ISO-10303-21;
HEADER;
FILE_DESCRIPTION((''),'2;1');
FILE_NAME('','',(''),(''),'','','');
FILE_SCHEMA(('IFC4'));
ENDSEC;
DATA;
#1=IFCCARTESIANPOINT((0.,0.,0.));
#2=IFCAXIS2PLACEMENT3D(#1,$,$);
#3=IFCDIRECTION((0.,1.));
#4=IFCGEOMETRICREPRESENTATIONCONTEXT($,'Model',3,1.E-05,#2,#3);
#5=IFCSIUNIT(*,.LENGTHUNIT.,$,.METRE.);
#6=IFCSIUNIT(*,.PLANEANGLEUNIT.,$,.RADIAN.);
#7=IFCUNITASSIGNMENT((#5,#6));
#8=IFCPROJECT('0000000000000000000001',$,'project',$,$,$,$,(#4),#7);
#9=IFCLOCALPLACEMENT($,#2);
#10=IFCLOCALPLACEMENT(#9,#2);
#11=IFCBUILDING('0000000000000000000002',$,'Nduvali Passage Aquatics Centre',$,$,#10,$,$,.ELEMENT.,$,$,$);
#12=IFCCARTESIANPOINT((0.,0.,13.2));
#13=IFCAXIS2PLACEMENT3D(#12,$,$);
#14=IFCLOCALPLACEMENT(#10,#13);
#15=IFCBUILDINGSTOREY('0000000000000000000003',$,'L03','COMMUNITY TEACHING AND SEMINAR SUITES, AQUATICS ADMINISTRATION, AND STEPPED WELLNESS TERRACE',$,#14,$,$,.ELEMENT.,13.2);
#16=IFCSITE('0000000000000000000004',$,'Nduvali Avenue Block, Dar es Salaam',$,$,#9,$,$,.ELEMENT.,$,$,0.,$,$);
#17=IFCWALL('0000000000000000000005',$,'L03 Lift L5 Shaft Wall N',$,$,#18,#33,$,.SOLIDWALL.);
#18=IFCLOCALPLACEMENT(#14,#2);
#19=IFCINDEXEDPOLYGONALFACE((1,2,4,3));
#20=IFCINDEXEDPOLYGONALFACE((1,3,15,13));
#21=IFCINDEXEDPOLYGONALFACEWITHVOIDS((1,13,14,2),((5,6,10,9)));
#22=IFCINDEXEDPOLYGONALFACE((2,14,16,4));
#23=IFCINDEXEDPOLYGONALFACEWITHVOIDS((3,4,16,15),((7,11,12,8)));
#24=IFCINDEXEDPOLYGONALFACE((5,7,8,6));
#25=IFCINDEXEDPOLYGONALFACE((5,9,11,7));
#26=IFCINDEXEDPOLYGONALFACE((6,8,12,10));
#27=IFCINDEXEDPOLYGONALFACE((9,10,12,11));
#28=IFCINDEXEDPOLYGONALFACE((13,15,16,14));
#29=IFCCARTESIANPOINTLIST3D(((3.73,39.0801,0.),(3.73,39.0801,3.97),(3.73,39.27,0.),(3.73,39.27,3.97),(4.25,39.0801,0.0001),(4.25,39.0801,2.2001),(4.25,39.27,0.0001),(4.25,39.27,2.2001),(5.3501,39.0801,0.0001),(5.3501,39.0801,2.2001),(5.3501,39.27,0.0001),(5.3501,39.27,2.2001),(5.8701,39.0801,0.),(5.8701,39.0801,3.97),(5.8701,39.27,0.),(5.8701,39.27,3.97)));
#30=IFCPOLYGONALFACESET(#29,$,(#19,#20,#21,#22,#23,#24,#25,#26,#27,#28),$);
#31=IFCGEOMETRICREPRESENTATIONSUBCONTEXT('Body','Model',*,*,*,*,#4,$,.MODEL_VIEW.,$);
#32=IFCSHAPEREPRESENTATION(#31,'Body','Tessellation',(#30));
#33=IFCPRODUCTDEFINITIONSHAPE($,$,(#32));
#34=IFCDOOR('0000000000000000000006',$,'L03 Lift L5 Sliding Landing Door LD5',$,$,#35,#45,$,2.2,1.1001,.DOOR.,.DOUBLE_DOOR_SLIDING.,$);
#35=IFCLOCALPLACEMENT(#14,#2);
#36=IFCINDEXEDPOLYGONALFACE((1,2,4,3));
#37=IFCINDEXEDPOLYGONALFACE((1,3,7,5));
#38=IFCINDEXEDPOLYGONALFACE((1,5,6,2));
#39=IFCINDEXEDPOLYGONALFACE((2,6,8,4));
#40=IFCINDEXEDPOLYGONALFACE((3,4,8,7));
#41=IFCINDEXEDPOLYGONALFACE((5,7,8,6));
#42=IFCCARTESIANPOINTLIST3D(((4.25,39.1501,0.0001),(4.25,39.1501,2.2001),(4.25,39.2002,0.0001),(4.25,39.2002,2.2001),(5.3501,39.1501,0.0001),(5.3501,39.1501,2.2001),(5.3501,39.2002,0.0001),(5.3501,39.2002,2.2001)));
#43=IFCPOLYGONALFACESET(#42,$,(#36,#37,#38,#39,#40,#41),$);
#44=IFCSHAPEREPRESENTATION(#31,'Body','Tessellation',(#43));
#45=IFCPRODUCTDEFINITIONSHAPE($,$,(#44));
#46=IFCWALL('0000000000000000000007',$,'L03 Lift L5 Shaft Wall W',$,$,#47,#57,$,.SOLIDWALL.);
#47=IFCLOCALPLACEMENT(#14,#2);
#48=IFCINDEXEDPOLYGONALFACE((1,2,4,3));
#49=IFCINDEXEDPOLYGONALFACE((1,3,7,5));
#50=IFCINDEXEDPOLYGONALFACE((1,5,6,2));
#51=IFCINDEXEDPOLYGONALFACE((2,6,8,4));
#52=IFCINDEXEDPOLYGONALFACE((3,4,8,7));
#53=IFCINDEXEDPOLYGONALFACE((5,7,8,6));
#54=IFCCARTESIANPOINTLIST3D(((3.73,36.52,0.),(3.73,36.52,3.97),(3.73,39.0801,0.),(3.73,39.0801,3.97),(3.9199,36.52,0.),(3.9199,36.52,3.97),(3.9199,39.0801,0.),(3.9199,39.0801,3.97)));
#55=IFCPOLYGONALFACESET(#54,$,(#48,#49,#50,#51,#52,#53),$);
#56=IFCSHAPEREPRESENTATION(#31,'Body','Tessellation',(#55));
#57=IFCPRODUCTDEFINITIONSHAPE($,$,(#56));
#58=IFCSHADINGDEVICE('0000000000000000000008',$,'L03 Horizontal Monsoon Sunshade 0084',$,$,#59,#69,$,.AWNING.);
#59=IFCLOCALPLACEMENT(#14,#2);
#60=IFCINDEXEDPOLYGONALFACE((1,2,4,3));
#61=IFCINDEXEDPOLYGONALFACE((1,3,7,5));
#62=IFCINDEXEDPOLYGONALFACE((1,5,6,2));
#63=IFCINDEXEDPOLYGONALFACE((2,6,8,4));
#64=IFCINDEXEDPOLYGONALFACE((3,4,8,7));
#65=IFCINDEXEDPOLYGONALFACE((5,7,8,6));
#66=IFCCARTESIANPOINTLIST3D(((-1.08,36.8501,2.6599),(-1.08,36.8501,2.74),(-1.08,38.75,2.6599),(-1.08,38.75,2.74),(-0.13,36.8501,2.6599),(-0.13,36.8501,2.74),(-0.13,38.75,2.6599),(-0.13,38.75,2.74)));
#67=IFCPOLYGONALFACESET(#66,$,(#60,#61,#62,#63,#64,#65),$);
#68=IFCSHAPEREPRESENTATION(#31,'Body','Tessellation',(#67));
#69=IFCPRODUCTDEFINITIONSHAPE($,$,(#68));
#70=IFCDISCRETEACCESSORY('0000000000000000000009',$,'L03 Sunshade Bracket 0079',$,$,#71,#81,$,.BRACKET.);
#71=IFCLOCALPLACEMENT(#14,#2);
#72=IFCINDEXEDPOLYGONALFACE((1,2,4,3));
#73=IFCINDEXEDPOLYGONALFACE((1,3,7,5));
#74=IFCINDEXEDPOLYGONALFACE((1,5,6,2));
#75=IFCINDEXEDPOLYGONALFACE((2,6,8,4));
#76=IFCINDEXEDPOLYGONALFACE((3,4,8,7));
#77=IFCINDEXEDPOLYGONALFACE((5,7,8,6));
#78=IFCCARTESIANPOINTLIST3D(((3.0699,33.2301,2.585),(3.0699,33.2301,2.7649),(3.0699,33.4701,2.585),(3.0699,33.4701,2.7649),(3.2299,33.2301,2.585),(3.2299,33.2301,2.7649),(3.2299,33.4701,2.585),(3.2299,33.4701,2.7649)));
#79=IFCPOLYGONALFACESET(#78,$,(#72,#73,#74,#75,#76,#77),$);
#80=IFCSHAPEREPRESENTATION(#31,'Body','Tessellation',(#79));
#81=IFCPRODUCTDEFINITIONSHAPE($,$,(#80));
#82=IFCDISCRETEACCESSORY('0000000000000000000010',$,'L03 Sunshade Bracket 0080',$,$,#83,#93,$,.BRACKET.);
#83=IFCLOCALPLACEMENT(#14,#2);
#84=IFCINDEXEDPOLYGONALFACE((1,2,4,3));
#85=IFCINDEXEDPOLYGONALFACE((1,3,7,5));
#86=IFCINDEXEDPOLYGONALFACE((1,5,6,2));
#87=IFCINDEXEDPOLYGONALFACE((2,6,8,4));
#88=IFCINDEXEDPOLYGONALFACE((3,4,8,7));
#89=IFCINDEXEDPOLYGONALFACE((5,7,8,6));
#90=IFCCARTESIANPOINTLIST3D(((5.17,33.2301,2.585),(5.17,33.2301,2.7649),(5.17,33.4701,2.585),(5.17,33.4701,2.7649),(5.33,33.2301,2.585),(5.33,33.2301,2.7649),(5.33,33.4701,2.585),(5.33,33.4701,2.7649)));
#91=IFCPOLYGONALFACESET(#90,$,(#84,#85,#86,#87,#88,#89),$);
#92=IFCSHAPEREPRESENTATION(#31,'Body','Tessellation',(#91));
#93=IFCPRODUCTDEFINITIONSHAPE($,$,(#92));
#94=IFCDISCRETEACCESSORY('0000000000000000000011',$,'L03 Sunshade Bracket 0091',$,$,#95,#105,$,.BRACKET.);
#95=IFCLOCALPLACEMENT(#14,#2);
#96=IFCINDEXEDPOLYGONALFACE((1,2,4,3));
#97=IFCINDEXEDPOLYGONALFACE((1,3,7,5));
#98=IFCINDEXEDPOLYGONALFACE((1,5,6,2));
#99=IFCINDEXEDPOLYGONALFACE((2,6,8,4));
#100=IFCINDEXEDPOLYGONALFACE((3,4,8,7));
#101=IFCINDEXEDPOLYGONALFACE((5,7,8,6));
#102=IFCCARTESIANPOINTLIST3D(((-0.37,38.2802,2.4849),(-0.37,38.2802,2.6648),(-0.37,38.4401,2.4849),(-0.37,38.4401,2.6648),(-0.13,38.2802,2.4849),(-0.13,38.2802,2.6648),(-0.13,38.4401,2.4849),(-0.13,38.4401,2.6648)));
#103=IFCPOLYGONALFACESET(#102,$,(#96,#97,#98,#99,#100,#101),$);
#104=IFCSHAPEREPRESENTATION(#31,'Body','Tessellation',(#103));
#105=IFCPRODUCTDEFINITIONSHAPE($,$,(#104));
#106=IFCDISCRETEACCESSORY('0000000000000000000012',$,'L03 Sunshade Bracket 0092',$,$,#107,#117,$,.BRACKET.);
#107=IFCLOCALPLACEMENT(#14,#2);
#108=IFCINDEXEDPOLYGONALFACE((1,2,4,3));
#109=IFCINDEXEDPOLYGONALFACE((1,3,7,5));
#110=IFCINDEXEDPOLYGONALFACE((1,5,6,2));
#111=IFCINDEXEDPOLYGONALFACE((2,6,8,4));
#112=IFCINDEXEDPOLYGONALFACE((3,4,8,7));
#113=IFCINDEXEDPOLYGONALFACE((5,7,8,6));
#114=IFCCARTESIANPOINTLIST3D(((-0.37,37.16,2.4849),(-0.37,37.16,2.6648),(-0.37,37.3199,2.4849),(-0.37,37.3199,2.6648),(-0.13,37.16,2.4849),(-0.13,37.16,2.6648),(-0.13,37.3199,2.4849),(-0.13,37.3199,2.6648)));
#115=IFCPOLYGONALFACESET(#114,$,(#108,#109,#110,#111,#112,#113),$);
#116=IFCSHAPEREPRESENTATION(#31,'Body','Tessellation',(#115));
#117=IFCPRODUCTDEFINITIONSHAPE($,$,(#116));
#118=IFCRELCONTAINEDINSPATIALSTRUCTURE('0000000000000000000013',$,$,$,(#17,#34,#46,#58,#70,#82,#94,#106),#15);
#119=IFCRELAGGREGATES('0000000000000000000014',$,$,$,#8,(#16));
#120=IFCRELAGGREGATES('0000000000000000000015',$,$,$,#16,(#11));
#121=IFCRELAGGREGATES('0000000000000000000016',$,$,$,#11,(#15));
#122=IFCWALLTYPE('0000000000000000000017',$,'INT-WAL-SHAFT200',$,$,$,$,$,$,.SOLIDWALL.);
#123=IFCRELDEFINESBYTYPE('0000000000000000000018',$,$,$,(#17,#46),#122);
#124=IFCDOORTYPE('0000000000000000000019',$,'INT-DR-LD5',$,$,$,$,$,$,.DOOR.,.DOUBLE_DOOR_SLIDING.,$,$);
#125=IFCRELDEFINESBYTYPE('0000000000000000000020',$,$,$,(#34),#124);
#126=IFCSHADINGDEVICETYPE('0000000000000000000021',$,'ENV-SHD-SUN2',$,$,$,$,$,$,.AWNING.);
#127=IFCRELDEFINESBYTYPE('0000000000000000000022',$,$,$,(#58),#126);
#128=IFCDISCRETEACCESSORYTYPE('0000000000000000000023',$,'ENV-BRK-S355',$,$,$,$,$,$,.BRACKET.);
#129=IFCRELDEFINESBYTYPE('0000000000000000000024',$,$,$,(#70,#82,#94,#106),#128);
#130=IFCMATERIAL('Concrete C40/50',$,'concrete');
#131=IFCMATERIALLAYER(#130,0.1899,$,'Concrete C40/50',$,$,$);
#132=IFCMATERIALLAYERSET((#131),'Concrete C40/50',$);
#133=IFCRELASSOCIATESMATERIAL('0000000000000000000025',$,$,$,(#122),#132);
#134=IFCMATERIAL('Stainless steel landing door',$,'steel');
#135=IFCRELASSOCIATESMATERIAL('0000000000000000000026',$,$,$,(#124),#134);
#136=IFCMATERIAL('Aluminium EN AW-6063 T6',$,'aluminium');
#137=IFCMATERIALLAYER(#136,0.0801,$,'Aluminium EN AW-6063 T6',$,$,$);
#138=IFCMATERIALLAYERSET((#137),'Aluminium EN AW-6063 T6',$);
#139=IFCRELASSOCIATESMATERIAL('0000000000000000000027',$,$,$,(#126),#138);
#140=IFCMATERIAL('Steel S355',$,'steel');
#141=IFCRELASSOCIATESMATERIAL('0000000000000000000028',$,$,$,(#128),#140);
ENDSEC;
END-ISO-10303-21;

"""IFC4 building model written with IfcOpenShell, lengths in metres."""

from ifc_helpers import new_model, si_unit, direction, frame, frame_2d, origin, origin_2d, place, context, subcontext, project, spatial, rectangle, extrude, material, layer, layer_set, type_object, element, fill, save


model = new_model("IFC4")

# Units and contexts
model_context = context("Model", 3, precision=1e-05, world=origin(), true_north=direction((0.0, 1.0)))
body_context = subcontext(model_context, "Body", "Model", "MODEL_VIEW")
ifc_project = project(units=[si_unit("LENGTHUNIT", "METRE"), si_unit("PLANEANGLEUNIT", "RADIAN")], contexts=[model_context])

# Site, building, storey
site_placement = place(None, origin())
site = spatial("IfcSite", under=ifc_project, at=site_placement, Name="Nduvali Avenue Block, Dar es Salaam", CompositionType="ELEMENT", RefElevation=0.0)
building_placement = place(site_placement, origin())
building = spatial("IfcBuilding", under=site, at=building_placement, Name="Nduvali Passage Aquatics Centre", CompositionType="ELEMENT")
storey_placement = place(building_placement, frame((0.0, 0.0, 13.2)))
storey = spatial("IfcBuildingStorey", under=building, at=storey_placement, Name="L03", Description="COMMUNITY TEACHING AND SEMINAR SUITES, AQUATICS ADMINISTRATION, AND STEPPED WELLNESS TERRACE", CompositionType="ELEMENT", Elevation=13.2)

# Shared definitions
ifc_material_1 = material(Name="Steel S355", Category="steel")

# Shared definitions
ifc_material_2 = material(Name="Concrete C40/50", Category="concrete")
ifc_layer_1 = layer(ifc_material_2, 0.1899, Name="Concrete C40/50")
ifc_layer_set_1 = layer_set([ifc_layer_1], Name="Concrete C40/50")
wall_type_1 = type_object("IfcWallType", Name="INT-WAL-SHAFT200", PredefinedType="SOLIDWALL", material=ifc_layer_set_1)

# Wall, opening, door
wall_1_placement = place(storey_placement, frame((5.8701, 39.175, 0.0), z_axis=(0.0, 0.0, 1.0), x_axis=(-1.0, 0.0, 0.0)))
wall_1 = element("IfcWall", 1, at=wall_1_placement, inside=storey, type_object=wall_type_1, Name="L03 Lift L5 Shaft Wall N", PredefinedType="SOLIDWALL", context=body_context, shape_type="SweptSolid", body=[
    extrude(rectangle(XDim=2.1401, YDim=0.1899, at=frame_2d((1.0701, 0.0))), origin(), (0.0, 0.0, 1.0), 3.97),
])
opening_1_placement = place(wall_1_placement, frame((0.52, 0.0, 0.0)))
opening_1 = element("IfcOpeningElement", 2, at=opening_1_placement, cuts=wall_1, PredefinedType="OPENING", context=body_context, shape_type="SweptSolid", body=[
    extrude(rectangle(XDim=1.1001, YDim=2.2, at=frame_2d((0.55, 1.1001))), frame((0.0, 0.1099, 0.0), z_axis=(0.0, -1.0, 0.0), x_axis=(1.0, 0.0, 0.0)), (0.0, 0.0, 1.0), 0.2197),
])
ifc_material_3 = material(Name="Stainless steel landing door", Category="steel")
door_type = type_object("IfcDoorType", Name="INT-DR-LD5", OperationType="DOUBLE_DOOR_SLIDING", PredefinedType="DOOR", material=ifc_material_3)
door_placement = place(opening_1_placement, origin())
door = element("IfcDoor", 3, at=door_placement, inside=storey, type_object=door_type, Name="L03 Lift L5 Sliding Landing Door LD5", OperationType="DOUBLE_DOOR_SLIDING", OverallHeight=2.2, OverallWidth=1.1001, PredefinedType="DOOR", context=body_context, shape_type="SweptSolid", body=[
    extrude(rectangle(XDim=1.1001, YDim=2.2, at=frame_2d((0.55, 1.1001))), frame((0.0, 0.0249, 0.0), z_axis=(0.0, -1.0, 0.0), x_axis=(1.0, 0.0, 0.0)), (0.0, 0.0, 1.0), 0.05),
])
fill(opening_1, door)

# Wall
wall_2_placement = place(storey_placement, frame((3.825, 39.0801, 0.0), z_axis=(0.0, 0.0, 1.0), x_axis=(0.0, -1.0, 0.0)))
element("IfcWall", 4, at=wall_2_placement, inside=storey, type_object=wall_type_1, Name="L03 Lift L5 Shaft Wall W", PredefinedType="SOLIDWALL", context=body_context, shape_type="SweptSolid", body=[
    extrude(rectangle(XDim=2.5601, YDim=0.1899, at=frame_2d((1.28, 0.0))), origin(), (0.0, 0.0, 1.0), 3.97),
])

# Shading device
ifc_material_4 = material(Name="Aluminium EN AW-6063 T6", Category="aluminium")
ifc_layer_2 = layer(ifc_material_4, 0.0801, Name="Aluminium EN AW-6063 T6")
ifc_layer_set_2 = layer_set([ifc_layer_2], Name="Aluminium EN AW-6063 T6")
shading_device_type = type_object("IfcShadingDeviceType", Name="ENV-SHD-SUN2", PredefinedType="AWNING", material=ifc_layer_set_2)
shading_device_placement = place(storey_placement, frame((-0.605, 37.8, 2.6599), z_axis=(0.0, 0.0, 1.0), x_axis=(0.0, -1.0, 0.0)))
element("IfcShadingDevice", 5, at=shading_device_placement, inside=storey, type_object=shading_device_type, Name="L03 Horizontal Monsoon Sunshade 0084", PredefinedType="AWNING", context=body_context, shape_type="SweptSolid", body=[
    extrude(rectangle(XDim=1.8999, YDim=0.95, at=origin_2d()), origin(), (0.0, 0.0, 1.0), 0.0801),
])

# Discrete accessories
discrete_accessory_type = type_object("IfcDiscreteAccessoryType", Name="ENV-BRK-S355", PredefinedType="BRACKET", material=ifc_material_1)
for number, where, z_axis, x_axis, name in (
    (6, (3.1499, 33.3501, 2.585), (0.0, 0.0, 1.0), (1.0, 0.0, 0.0), "L03 Sunshade Bracket 0079"),
    (7, (5.25, 33.3501, 2.585), (0.0, 0.0, 1.0), (1.0, 0.0, 0.0), "L03 Sunshade Bracket 0080"),
    (8, (-0.25, 38.3601, 2.4849), (0.0, 0.0, 1.0), (0.0, -1.0, 0.0), "L03 Sunshade Bracket 0091"),
    (9, (-0.25, 37.24, 2.4849), (0.0, 0.0, 1.0), (0.0, -1.0, 0.0), "L03 Sunshade Bracket 0092"),
):
    element("IfcDiscreteAccessory", number, at=place(storey_placement, frame(where, z_axis=z_axis, x_axis=x_axis)), inside=storey, type_object=discrete_accessory_type, Name=name, PredefinedType="BRACKET", context=body_context, shape_type="SweptSolid", body=[
        extrude(rectangle(XDim=0.1599, YDim=0.24, at=origin_2d()), origin(), (0.0, 0.0, 1.0), 0.1799),
    ])

save(model, "model.ifc")
